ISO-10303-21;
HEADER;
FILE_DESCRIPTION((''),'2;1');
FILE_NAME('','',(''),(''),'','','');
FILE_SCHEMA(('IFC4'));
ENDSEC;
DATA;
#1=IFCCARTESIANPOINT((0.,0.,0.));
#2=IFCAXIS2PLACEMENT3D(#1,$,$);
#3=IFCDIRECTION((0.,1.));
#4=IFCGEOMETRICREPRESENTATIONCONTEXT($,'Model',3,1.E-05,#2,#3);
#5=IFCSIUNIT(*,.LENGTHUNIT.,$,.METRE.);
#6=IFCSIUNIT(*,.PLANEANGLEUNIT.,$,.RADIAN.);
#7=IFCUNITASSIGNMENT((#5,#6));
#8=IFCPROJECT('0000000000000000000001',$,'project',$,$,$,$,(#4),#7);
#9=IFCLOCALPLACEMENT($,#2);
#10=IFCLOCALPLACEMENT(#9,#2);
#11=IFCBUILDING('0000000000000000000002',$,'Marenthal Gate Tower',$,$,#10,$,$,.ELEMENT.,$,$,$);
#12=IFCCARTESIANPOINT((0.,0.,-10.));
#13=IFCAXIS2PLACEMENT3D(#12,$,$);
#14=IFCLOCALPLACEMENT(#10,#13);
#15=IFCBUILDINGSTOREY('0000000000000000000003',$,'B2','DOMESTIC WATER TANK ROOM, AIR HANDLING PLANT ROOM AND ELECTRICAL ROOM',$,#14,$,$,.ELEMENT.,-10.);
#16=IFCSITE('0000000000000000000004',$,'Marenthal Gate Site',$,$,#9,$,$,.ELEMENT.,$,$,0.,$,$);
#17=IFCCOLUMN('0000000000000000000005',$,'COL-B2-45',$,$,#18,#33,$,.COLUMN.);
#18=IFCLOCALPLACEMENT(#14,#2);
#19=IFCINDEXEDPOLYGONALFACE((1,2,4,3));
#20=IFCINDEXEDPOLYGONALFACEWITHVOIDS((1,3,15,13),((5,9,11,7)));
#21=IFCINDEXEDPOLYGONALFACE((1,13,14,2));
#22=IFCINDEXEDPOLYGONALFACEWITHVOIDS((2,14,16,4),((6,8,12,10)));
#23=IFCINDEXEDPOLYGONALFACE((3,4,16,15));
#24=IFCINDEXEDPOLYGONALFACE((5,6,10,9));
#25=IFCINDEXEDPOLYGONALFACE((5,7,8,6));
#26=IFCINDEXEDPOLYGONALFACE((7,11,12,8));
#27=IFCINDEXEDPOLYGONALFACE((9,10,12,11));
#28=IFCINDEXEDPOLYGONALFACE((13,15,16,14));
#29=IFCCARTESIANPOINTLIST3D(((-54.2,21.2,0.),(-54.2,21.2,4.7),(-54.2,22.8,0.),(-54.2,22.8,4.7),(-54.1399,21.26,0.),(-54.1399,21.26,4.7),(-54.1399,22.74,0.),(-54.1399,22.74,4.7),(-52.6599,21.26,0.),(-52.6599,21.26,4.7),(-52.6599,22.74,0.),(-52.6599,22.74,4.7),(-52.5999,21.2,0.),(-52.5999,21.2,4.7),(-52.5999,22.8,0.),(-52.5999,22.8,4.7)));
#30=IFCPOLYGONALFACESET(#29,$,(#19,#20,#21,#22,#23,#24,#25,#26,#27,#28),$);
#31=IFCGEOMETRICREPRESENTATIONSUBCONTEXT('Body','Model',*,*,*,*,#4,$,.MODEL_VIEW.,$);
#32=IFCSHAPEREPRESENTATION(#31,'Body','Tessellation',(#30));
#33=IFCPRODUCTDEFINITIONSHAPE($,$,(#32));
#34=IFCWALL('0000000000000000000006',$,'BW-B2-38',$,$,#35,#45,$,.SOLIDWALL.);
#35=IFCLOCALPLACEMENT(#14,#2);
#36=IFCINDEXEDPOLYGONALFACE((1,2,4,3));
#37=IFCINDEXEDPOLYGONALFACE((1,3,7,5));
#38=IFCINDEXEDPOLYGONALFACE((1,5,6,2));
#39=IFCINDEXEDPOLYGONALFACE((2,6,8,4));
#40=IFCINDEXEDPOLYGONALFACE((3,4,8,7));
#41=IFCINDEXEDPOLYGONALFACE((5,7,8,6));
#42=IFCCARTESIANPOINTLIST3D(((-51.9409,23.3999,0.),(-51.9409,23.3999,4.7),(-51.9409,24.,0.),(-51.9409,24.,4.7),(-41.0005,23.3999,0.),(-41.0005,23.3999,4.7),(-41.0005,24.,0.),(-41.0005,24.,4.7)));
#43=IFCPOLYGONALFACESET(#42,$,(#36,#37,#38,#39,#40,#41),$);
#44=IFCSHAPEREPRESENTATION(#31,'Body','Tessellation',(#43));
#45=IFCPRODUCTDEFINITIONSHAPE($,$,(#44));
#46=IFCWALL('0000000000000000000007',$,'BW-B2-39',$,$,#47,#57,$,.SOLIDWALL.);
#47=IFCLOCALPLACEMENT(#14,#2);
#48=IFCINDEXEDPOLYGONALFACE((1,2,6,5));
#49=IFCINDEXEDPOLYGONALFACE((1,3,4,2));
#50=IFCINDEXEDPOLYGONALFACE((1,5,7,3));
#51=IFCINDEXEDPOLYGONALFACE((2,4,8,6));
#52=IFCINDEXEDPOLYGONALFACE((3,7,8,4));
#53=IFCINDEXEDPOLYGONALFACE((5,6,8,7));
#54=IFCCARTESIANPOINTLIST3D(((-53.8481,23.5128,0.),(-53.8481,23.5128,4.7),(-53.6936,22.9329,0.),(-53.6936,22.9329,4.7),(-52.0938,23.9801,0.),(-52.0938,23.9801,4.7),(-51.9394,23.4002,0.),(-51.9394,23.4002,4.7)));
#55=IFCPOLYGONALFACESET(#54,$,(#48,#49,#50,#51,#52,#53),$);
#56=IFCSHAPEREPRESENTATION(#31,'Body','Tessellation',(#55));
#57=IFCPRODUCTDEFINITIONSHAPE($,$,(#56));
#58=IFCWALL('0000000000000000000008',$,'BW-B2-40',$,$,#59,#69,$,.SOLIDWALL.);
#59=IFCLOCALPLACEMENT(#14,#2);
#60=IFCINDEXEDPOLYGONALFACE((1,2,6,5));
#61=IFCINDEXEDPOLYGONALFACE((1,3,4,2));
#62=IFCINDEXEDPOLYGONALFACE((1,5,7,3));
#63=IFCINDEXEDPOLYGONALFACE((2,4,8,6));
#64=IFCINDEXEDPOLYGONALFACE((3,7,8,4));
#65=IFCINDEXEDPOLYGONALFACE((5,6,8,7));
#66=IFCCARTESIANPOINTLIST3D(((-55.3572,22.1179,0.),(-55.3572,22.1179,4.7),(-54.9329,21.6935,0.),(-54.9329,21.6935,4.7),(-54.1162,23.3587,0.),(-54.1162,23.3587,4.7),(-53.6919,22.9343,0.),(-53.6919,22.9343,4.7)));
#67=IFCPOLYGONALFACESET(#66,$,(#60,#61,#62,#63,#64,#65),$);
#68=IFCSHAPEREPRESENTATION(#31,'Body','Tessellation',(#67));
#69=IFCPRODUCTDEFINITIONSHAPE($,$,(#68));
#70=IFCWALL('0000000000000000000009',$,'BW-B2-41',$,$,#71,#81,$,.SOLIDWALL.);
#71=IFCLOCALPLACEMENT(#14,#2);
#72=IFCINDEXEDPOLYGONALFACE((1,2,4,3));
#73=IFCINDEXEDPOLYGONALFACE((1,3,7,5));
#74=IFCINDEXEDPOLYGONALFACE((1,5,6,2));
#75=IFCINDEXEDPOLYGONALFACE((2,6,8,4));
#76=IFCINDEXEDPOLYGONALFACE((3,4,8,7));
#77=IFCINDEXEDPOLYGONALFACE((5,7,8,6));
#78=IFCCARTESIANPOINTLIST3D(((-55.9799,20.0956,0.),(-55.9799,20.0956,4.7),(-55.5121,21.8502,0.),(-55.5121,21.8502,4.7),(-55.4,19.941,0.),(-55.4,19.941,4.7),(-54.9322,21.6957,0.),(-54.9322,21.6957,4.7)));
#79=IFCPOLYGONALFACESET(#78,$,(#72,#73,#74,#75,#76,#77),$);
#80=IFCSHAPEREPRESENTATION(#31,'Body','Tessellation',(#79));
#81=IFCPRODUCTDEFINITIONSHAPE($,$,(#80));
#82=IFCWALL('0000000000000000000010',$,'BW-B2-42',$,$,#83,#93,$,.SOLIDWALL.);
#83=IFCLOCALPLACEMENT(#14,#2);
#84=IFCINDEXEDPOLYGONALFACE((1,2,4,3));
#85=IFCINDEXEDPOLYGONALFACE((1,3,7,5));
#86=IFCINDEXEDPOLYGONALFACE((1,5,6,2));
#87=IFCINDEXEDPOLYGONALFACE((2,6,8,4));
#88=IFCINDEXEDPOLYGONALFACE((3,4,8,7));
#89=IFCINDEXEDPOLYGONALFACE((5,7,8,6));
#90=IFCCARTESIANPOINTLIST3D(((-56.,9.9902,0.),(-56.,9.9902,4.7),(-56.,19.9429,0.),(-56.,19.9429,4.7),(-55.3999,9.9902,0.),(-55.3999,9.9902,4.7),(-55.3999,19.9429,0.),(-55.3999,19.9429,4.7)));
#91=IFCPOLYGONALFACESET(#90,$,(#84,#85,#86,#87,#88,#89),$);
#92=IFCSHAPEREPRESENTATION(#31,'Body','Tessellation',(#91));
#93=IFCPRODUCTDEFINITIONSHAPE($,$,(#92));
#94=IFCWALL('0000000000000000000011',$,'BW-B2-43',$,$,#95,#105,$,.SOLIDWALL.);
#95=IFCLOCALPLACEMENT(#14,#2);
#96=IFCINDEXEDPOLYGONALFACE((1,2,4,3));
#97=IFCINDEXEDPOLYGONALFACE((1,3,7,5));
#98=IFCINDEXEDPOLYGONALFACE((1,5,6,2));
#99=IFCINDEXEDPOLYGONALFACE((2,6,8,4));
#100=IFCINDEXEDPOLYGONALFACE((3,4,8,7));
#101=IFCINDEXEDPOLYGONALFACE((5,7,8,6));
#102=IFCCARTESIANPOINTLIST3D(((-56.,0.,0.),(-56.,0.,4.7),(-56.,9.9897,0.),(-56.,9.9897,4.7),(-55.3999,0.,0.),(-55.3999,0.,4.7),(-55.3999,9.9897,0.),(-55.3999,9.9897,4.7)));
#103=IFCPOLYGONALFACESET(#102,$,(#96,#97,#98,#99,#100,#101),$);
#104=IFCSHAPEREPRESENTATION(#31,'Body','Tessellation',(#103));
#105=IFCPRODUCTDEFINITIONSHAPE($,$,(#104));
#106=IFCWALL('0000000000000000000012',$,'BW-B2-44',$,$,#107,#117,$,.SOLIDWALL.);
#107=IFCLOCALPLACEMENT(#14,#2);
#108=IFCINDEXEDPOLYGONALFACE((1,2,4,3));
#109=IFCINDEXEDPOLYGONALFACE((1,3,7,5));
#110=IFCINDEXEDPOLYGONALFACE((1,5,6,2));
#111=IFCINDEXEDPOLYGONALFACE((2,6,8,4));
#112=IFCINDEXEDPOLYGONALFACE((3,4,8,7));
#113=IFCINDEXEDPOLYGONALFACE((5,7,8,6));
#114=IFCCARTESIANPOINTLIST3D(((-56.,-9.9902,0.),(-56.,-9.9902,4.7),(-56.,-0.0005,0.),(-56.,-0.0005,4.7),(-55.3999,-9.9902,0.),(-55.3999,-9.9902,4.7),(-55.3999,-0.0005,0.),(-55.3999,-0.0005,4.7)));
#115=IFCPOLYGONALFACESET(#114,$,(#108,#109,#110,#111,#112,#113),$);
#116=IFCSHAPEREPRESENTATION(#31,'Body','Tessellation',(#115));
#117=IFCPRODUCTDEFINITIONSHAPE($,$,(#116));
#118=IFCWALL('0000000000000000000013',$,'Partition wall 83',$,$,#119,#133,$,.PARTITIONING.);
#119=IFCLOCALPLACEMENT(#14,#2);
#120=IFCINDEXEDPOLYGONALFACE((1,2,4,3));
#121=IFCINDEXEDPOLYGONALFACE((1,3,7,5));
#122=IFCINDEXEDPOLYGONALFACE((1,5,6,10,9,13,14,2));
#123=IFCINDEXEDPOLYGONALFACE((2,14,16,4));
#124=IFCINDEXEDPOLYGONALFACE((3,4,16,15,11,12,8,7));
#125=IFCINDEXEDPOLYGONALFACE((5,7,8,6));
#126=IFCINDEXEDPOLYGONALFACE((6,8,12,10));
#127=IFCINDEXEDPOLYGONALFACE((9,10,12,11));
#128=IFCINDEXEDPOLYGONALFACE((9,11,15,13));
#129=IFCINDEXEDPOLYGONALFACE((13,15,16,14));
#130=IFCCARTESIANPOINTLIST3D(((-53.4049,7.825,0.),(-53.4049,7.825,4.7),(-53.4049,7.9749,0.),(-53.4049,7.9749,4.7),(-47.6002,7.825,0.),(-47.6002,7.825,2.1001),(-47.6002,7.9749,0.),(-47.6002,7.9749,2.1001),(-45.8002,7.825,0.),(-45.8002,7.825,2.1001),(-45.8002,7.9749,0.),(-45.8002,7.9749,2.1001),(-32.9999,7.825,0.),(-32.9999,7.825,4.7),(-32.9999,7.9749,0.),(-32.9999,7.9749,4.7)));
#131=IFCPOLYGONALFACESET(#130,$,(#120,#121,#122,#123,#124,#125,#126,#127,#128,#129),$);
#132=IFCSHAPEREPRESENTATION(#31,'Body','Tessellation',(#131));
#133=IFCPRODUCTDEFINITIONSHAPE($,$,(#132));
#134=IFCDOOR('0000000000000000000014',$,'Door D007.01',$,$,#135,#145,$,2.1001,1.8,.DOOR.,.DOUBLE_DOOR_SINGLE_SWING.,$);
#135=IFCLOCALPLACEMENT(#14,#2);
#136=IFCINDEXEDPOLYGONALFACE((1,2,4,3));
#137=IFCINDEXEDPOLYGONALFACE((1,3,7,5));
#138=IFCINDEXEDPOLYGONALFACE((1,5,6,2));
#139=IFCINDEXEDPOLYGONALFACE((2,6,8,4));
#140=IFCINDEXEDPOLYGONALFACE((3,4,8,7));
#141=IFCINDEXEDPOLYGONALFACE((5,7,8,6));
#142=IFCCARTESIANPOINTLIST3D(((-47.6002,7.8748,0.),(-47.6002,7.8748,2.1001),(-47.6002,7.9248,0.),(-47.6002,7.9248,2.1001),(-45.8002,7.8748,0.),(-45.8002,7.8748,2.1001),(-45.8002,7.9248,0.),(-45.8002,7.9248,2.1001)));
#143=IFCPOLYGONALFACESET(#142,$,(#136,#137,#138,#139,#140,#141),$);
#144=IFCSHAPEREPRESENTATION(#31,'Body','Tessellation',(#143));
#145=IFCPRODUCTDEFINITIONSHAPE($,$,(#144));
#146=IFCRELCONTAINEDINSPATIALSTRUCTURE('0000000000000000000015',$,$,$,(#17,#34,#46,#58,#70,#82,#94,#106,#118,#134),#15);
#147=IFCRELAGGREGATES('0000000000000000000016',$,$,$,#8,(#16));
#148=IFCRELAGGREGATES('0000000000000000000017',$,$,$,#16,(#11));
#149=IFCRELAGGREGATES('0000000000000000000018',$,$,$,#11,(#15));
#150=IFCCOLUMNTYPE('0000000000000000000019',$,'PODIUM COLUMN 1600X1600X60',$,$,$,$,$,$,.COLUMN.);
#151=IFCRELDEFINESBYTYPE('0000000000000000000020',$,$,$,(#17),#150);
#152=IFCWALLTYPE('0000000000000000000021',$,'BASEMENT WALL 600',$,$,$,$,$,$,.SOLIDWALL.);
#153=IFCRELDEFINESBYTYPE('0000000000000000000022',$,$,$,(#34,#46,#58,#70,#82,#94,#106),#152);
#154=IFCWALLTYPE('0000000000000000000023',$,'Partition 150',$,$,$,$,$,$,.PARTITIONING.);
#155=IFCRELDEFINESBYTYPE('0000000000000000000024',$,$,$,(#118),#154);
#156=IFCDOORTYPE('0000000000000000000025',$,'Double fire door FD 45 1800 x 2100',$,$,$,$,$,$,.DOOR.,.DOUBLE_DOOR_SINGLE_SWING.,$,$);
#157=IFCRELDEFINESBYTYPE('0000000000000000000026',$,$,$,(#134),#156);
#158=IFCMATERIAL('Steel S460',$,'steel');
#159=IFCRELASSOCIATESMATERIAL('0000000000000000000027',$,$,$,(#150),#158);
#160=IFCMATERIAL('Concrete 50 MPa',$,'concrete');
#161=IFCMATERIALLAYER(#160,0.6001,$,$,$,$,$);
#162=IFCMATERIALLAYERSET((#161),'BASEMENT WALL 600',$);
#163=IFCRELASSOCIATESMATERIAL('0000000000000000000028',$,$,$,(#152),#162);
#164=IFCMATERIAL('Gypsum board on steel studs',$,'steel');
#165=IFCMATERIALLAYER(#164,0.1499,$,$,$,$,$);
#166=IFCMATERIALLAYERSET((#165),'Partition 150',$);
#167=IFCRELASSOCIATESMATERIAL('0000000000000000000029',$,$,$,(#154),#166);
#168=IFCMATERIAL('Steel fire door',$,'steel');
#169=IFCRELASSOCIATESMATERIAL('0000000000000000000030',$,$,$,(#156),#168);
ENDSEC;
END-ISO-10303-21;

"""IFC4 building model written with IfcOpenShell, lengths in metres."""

from ifc_helpers import new_model, si_unit, direction, frame, frame_2d, origin, origin_2d, place, context, subcontext, project, spatial, rectangle, hollow_rectangle, extrude, material, layer, layer_set, material_profile, profile_set, type_object, element, fill, save


model = new_model("IFC4")

# Units and contexts
model_context = context("Model", 3, precision=1e-05, world=origin(), true_north=direction((0.0, 1.0)))
body_context = subcontext(model_context, "Body", "Model", "MODEL_VIEW")
ifc_project = project(units=[si_unit("LENGTHUNIT", "METRE"), si_unit("PLANEANGLEUNIT", "RADIAN")], contexts=[model_context])

# Site, building, storey
site_placement = place(None, origin())
site = spatial("IfcSite", under=ifc_project, at=site_placement, Name="Marenthal Gate Site", CompositionType="ELEMENT", RefElevation=0.0)
building_placement = place(site_placement, origin())
building = spatial("IfcBuilding", under=site, at=building_placement, Name="Marenthal Gate Tower", CompositionType="ELEMENT")
storey_placement = place(building_placement, frame((0.0, 0.0, -10.0)))
storey = spatial("IfcBuildingStorey", under=building, at=storey_placement, Name="B2", Description="DOMESTIC WATER TANK ROOM, AIR HANDLING PLANT ROOM AND ELECTRICAL ROOM", CompositionType="ELEMENT", Elevation=-10.0)

# Column
ifc_material_1 = material(Name="Steel S460", Category="steel")
ifc_material_profile_1 = material_profile(ifc_material_1, hollow_rectangle(XDim=1.6001, YDim=1.6001, WallThickness=0.0601, at=origin_2d()), Name="CFT BOX 1600X1600X60")
ifc_material_2 = material(Name="Concrete 70 MPa", Category="concrete")
ifc_material_profile_2 = material_profile(ifc_material_2, rectangle(XDim=1.48, YDim=1.48, at=origin_2d()), Name="CFT BOX 1600X1600X60 INFILL")
ifc_profile_set = profile_set([ifc_material_profile_1, ifc_material_profile_2], Name="Steel S460 shell, Concrete 70 MPa infill")
column_type = type_object("IfcColumnType", Name="PODIUM COLUMN 1600X1600X60", PredefinedType="COLUMN", material=ifc_profile_set)
for number, where, z_axis, x_axis, name in (
    (1, (-53.3999, 22.0, 0.0), (0.0, 0.0, 1.0), (1.0, 0.0, 0.0), "COL-B2-45"),
):
    element("IfcColumn", number, at=place(storey_placement, frame(where, z_axis=z_axis, x_axis=x_axis)), inside=storey, type_object=column_type, Name=name, PredefinedType="COLUMN", context=body_context, shape_type="SweptSolid", body=[
        extrude(hollow_rectangle(XDim=1.6001, YDim=1.6001, WallThickness=0.0601, at=origin_2d()), origin(), (0.0, 0.0, 1.0), 4.7),
    ])

# Walls
ifc_material_3 = material(Name="Concrete 50 MPa", Category="concrete")
ifc_layer_1 = layer(ifc_material_3, 0.6001)
ifc_layer_set_1 = layer_set([ifc_layer_1], Name="BASEMENT WALL 600")
wall_type_1 = type_object("IfcWallType", Name="BASEMENT WALL 600", PredefinedType="SOLIDWALL", material=ifc_layer_set_1)
wall_1_placement = place(storey_placement, frame((-41.0005, 23.7, 0.0), z_axis=(0.0, 0.0, 1.0), x_axis=(-1.0, 0.0, 0.0)))
element("IfcWall", 2, at=wall_1_placement, inside=storey, type_object=wall_type_1, Name="BW-B2-38", PredefinedType="SOLIDWALL", context=body_context, shape_type="SweptSolid", body=[
    extrude(rectangle(XDim=10.9404, YDim=0.6001, at=frame_2d((5.4702, 0.0))), origin(), (0.0, 0.0, 1.0), 4.7),
])
wall_2_placement = place(storey_placement, frame((-52.0166, 23.6902, 0.0), z_axis=(0.0, 0.0, 1.0), x_axis=(-0.966302, -0.257412, 0.0)))
element("IfcWall", 3, at=wall_2_placement, inside=storey, type_object=wall_type_1, Name="BW-B2-39", PredefinedType="SOLIDWALL", context=body_context, shape_type="SweptSolid", body=[
    extrude(rectangle(XDim=1.8154, YDim=0.6001, at=frame_2d((0.9077, 0.0))), origin(), (0.0, 0.0, 1.0), 4.7),
])
wall_3_placement = place(storey_placement, frame((-53.9041, 23.1465, 0.0), z_axis=(0.0, 0.0, 1.0), x_axis=(-0.707176, -0.707037, 0.0)))
element("IfcWall", 4, at=wall_3_placement, inside=storey, type_object=wall_type_1, Name="BW-B2-40", PredefinedType="SOLIDWALL", context=body_context, shape_type="SweptSolid", body=[
    extrude(rectangle(XDim=1.7549, YDim=0.6001, at=frame_2d((0.8774, 0.0))), origin(), (0.0, 0.0, 1.0), 4.7),
])
wall_4_placement = place(storey_placement, frame((-55.2222, 21.7729, 0.0), z_axis=(0.0, 0.0, 1.0), x_axis=(-0.257596, -0.966253, 0.0)))
element("IfcWall", 5, at=wall_4_placement, inside=storey, type_object=wall_type_1, Name="BW-B2-41", PredefinedType="SOLIDWALL", context=body_context, shape_type="SweptSolid", body=[
    extrude(rectangle(XDim=1.8159, YDim=0.6001, at=frame_2d((0.908, 0.0))), origin(), (0.0, 0.0, 1.0), 4.7),
])
wall_5_placement = place(storey_placement, frame((-55.7, 19.9429, 0.0), z_axis=(0.0, 0.0, 1.0), x_axis=(0.0, -1.0, 0.0)))
element("IfcWall", 6, at=wall_5_placement, inside=storey, type_object=wall_type_1, Name="BW-B2-42", PredefinedType="SOLIDWALL", context=body_context, shape_type="SweptSolid", body=[
    extrude(rectangle(XDim=9.9526, YDim=0.6001, at=frame_2d((4.9763, 0.0))), origin(), (0.0, 0.0, 1.0), 4.7),
])
for number, where, z_axis, x_axis, name in (
    (7, (-55.7, 9.9897, 0.0), (0.0, 0.0, 1.0), (0.0, -1.0, 0.0), "BW-B2-43"),
    (8, (-55.7, -0.0005, 0.0), (0.0, 0.0, 1.0), (0.0, -1.0, 0.0), "BW-B2-44"),
):
    element("IfcWall", number, at=place(storey_placement, frame(where, z_axis=z_axis, x_axis=x_axis)), inside=storey, type_object=wall_type_1, Name=name, PredefinedType="SOLIDWALL", context=body_context, shape_type="SweptSolid", body=[
        extrude(rectangle(XDim=9.9897, YDim=0.6001, at=frame_2d((4.9949, 0.0))), origin(), (0.0, 0.0, 1.0), 4.7),
    ])

# Wall, opening, door
ifc_material_4 = material(Name="Gypsum board on steel studs", Category="steel")
ifc_layer_2 = layer(ifc_material_4, 0.1499)
ifc_layer_set_2 = layer_set([ifc_layer_2], Name="Partition 150")
wall_type_2 = type_object("IfcWallType", Name="Partition 150", PredefinedType="PARTITIONING", material=ifc_layer_set_2)
wall_6_placement = place(storey_placement, frame((-53.405, 7.8999, 0.0), z_axis=(0.0, 0.0, 1.0), x_axis=(1.0, 0.0, 0.0)))
wall_6 = element("IfcWall", 9, at=wall_6_placement, inside=storey, type_object=wall_type_2, Name="Partition wall 83", PredefinedType="PARTITIONING", context=body_context, shape_type="SweptSolid", body=[
    extrude(rectangle(XDim=20.405, YDim=0.1499, at=frame_2d((10.2026, 0.0))), origin(), (0.0, 0.0, 1.0), 4.7),
])
opening_1_placement = place(wall_6_placement, frame((5.8049, 0.0, 0.0)))
opening_1 = element("IfcOpeningElement", 10, at=opening_1_placement, cuts=wall_6, PredefinedType="OPENING", context=body_context, shape_type="SweptSolid", body=[
    extrude(rectangle(XDim=1.8, YDim=2.1001, at=frame_2d((0.8999, 1.05))), frame((0.0, 0.085, 0.0), z_axis=(0.0, -1.0, 0.0), x_axis=(1.0, 0.0, 0.0)), (0.0, 0.0, 1.0), 0.1699),
])
ifc_material_5 = material(Name="Steel fire door", Category="steel")
door_type = type_object("IfcDoorType", Name="Double fire door FD 45 1800 x 2100", OperationType="DOUBLE_DOOR_SINGLE_SWING", PredefinedType="DOOR", material=ifc_material_5)
door_1_placement = place(opening_1_placement, origin())
door_1 = element("IfcDoor", 11, at=door_1_placement, inside=storey, type_object=door_type, Name="Door D007.01", OperationType="DOUBLE_DOOR_SINGLE_SWING", OverallHeight=2.1001, OverallWidth=1.8, PredefinedType="DOOR", context=body_context, shape_type="SweptSolid", body=[
    extrude(rectangle(XDim=1.8, YDim=2.1001, at=frame_2d((0.8999, 1.05))), frame((0.0, 0.0249, 0.0), z_axis=(0.0, -1.0, 0.0), x_axis=(1.0, 0.0, 0.0)), (0.0, 0.0, 1.0), 0.05),
])
fill(opening_1, door_1)

save(model, "model.ifc")
